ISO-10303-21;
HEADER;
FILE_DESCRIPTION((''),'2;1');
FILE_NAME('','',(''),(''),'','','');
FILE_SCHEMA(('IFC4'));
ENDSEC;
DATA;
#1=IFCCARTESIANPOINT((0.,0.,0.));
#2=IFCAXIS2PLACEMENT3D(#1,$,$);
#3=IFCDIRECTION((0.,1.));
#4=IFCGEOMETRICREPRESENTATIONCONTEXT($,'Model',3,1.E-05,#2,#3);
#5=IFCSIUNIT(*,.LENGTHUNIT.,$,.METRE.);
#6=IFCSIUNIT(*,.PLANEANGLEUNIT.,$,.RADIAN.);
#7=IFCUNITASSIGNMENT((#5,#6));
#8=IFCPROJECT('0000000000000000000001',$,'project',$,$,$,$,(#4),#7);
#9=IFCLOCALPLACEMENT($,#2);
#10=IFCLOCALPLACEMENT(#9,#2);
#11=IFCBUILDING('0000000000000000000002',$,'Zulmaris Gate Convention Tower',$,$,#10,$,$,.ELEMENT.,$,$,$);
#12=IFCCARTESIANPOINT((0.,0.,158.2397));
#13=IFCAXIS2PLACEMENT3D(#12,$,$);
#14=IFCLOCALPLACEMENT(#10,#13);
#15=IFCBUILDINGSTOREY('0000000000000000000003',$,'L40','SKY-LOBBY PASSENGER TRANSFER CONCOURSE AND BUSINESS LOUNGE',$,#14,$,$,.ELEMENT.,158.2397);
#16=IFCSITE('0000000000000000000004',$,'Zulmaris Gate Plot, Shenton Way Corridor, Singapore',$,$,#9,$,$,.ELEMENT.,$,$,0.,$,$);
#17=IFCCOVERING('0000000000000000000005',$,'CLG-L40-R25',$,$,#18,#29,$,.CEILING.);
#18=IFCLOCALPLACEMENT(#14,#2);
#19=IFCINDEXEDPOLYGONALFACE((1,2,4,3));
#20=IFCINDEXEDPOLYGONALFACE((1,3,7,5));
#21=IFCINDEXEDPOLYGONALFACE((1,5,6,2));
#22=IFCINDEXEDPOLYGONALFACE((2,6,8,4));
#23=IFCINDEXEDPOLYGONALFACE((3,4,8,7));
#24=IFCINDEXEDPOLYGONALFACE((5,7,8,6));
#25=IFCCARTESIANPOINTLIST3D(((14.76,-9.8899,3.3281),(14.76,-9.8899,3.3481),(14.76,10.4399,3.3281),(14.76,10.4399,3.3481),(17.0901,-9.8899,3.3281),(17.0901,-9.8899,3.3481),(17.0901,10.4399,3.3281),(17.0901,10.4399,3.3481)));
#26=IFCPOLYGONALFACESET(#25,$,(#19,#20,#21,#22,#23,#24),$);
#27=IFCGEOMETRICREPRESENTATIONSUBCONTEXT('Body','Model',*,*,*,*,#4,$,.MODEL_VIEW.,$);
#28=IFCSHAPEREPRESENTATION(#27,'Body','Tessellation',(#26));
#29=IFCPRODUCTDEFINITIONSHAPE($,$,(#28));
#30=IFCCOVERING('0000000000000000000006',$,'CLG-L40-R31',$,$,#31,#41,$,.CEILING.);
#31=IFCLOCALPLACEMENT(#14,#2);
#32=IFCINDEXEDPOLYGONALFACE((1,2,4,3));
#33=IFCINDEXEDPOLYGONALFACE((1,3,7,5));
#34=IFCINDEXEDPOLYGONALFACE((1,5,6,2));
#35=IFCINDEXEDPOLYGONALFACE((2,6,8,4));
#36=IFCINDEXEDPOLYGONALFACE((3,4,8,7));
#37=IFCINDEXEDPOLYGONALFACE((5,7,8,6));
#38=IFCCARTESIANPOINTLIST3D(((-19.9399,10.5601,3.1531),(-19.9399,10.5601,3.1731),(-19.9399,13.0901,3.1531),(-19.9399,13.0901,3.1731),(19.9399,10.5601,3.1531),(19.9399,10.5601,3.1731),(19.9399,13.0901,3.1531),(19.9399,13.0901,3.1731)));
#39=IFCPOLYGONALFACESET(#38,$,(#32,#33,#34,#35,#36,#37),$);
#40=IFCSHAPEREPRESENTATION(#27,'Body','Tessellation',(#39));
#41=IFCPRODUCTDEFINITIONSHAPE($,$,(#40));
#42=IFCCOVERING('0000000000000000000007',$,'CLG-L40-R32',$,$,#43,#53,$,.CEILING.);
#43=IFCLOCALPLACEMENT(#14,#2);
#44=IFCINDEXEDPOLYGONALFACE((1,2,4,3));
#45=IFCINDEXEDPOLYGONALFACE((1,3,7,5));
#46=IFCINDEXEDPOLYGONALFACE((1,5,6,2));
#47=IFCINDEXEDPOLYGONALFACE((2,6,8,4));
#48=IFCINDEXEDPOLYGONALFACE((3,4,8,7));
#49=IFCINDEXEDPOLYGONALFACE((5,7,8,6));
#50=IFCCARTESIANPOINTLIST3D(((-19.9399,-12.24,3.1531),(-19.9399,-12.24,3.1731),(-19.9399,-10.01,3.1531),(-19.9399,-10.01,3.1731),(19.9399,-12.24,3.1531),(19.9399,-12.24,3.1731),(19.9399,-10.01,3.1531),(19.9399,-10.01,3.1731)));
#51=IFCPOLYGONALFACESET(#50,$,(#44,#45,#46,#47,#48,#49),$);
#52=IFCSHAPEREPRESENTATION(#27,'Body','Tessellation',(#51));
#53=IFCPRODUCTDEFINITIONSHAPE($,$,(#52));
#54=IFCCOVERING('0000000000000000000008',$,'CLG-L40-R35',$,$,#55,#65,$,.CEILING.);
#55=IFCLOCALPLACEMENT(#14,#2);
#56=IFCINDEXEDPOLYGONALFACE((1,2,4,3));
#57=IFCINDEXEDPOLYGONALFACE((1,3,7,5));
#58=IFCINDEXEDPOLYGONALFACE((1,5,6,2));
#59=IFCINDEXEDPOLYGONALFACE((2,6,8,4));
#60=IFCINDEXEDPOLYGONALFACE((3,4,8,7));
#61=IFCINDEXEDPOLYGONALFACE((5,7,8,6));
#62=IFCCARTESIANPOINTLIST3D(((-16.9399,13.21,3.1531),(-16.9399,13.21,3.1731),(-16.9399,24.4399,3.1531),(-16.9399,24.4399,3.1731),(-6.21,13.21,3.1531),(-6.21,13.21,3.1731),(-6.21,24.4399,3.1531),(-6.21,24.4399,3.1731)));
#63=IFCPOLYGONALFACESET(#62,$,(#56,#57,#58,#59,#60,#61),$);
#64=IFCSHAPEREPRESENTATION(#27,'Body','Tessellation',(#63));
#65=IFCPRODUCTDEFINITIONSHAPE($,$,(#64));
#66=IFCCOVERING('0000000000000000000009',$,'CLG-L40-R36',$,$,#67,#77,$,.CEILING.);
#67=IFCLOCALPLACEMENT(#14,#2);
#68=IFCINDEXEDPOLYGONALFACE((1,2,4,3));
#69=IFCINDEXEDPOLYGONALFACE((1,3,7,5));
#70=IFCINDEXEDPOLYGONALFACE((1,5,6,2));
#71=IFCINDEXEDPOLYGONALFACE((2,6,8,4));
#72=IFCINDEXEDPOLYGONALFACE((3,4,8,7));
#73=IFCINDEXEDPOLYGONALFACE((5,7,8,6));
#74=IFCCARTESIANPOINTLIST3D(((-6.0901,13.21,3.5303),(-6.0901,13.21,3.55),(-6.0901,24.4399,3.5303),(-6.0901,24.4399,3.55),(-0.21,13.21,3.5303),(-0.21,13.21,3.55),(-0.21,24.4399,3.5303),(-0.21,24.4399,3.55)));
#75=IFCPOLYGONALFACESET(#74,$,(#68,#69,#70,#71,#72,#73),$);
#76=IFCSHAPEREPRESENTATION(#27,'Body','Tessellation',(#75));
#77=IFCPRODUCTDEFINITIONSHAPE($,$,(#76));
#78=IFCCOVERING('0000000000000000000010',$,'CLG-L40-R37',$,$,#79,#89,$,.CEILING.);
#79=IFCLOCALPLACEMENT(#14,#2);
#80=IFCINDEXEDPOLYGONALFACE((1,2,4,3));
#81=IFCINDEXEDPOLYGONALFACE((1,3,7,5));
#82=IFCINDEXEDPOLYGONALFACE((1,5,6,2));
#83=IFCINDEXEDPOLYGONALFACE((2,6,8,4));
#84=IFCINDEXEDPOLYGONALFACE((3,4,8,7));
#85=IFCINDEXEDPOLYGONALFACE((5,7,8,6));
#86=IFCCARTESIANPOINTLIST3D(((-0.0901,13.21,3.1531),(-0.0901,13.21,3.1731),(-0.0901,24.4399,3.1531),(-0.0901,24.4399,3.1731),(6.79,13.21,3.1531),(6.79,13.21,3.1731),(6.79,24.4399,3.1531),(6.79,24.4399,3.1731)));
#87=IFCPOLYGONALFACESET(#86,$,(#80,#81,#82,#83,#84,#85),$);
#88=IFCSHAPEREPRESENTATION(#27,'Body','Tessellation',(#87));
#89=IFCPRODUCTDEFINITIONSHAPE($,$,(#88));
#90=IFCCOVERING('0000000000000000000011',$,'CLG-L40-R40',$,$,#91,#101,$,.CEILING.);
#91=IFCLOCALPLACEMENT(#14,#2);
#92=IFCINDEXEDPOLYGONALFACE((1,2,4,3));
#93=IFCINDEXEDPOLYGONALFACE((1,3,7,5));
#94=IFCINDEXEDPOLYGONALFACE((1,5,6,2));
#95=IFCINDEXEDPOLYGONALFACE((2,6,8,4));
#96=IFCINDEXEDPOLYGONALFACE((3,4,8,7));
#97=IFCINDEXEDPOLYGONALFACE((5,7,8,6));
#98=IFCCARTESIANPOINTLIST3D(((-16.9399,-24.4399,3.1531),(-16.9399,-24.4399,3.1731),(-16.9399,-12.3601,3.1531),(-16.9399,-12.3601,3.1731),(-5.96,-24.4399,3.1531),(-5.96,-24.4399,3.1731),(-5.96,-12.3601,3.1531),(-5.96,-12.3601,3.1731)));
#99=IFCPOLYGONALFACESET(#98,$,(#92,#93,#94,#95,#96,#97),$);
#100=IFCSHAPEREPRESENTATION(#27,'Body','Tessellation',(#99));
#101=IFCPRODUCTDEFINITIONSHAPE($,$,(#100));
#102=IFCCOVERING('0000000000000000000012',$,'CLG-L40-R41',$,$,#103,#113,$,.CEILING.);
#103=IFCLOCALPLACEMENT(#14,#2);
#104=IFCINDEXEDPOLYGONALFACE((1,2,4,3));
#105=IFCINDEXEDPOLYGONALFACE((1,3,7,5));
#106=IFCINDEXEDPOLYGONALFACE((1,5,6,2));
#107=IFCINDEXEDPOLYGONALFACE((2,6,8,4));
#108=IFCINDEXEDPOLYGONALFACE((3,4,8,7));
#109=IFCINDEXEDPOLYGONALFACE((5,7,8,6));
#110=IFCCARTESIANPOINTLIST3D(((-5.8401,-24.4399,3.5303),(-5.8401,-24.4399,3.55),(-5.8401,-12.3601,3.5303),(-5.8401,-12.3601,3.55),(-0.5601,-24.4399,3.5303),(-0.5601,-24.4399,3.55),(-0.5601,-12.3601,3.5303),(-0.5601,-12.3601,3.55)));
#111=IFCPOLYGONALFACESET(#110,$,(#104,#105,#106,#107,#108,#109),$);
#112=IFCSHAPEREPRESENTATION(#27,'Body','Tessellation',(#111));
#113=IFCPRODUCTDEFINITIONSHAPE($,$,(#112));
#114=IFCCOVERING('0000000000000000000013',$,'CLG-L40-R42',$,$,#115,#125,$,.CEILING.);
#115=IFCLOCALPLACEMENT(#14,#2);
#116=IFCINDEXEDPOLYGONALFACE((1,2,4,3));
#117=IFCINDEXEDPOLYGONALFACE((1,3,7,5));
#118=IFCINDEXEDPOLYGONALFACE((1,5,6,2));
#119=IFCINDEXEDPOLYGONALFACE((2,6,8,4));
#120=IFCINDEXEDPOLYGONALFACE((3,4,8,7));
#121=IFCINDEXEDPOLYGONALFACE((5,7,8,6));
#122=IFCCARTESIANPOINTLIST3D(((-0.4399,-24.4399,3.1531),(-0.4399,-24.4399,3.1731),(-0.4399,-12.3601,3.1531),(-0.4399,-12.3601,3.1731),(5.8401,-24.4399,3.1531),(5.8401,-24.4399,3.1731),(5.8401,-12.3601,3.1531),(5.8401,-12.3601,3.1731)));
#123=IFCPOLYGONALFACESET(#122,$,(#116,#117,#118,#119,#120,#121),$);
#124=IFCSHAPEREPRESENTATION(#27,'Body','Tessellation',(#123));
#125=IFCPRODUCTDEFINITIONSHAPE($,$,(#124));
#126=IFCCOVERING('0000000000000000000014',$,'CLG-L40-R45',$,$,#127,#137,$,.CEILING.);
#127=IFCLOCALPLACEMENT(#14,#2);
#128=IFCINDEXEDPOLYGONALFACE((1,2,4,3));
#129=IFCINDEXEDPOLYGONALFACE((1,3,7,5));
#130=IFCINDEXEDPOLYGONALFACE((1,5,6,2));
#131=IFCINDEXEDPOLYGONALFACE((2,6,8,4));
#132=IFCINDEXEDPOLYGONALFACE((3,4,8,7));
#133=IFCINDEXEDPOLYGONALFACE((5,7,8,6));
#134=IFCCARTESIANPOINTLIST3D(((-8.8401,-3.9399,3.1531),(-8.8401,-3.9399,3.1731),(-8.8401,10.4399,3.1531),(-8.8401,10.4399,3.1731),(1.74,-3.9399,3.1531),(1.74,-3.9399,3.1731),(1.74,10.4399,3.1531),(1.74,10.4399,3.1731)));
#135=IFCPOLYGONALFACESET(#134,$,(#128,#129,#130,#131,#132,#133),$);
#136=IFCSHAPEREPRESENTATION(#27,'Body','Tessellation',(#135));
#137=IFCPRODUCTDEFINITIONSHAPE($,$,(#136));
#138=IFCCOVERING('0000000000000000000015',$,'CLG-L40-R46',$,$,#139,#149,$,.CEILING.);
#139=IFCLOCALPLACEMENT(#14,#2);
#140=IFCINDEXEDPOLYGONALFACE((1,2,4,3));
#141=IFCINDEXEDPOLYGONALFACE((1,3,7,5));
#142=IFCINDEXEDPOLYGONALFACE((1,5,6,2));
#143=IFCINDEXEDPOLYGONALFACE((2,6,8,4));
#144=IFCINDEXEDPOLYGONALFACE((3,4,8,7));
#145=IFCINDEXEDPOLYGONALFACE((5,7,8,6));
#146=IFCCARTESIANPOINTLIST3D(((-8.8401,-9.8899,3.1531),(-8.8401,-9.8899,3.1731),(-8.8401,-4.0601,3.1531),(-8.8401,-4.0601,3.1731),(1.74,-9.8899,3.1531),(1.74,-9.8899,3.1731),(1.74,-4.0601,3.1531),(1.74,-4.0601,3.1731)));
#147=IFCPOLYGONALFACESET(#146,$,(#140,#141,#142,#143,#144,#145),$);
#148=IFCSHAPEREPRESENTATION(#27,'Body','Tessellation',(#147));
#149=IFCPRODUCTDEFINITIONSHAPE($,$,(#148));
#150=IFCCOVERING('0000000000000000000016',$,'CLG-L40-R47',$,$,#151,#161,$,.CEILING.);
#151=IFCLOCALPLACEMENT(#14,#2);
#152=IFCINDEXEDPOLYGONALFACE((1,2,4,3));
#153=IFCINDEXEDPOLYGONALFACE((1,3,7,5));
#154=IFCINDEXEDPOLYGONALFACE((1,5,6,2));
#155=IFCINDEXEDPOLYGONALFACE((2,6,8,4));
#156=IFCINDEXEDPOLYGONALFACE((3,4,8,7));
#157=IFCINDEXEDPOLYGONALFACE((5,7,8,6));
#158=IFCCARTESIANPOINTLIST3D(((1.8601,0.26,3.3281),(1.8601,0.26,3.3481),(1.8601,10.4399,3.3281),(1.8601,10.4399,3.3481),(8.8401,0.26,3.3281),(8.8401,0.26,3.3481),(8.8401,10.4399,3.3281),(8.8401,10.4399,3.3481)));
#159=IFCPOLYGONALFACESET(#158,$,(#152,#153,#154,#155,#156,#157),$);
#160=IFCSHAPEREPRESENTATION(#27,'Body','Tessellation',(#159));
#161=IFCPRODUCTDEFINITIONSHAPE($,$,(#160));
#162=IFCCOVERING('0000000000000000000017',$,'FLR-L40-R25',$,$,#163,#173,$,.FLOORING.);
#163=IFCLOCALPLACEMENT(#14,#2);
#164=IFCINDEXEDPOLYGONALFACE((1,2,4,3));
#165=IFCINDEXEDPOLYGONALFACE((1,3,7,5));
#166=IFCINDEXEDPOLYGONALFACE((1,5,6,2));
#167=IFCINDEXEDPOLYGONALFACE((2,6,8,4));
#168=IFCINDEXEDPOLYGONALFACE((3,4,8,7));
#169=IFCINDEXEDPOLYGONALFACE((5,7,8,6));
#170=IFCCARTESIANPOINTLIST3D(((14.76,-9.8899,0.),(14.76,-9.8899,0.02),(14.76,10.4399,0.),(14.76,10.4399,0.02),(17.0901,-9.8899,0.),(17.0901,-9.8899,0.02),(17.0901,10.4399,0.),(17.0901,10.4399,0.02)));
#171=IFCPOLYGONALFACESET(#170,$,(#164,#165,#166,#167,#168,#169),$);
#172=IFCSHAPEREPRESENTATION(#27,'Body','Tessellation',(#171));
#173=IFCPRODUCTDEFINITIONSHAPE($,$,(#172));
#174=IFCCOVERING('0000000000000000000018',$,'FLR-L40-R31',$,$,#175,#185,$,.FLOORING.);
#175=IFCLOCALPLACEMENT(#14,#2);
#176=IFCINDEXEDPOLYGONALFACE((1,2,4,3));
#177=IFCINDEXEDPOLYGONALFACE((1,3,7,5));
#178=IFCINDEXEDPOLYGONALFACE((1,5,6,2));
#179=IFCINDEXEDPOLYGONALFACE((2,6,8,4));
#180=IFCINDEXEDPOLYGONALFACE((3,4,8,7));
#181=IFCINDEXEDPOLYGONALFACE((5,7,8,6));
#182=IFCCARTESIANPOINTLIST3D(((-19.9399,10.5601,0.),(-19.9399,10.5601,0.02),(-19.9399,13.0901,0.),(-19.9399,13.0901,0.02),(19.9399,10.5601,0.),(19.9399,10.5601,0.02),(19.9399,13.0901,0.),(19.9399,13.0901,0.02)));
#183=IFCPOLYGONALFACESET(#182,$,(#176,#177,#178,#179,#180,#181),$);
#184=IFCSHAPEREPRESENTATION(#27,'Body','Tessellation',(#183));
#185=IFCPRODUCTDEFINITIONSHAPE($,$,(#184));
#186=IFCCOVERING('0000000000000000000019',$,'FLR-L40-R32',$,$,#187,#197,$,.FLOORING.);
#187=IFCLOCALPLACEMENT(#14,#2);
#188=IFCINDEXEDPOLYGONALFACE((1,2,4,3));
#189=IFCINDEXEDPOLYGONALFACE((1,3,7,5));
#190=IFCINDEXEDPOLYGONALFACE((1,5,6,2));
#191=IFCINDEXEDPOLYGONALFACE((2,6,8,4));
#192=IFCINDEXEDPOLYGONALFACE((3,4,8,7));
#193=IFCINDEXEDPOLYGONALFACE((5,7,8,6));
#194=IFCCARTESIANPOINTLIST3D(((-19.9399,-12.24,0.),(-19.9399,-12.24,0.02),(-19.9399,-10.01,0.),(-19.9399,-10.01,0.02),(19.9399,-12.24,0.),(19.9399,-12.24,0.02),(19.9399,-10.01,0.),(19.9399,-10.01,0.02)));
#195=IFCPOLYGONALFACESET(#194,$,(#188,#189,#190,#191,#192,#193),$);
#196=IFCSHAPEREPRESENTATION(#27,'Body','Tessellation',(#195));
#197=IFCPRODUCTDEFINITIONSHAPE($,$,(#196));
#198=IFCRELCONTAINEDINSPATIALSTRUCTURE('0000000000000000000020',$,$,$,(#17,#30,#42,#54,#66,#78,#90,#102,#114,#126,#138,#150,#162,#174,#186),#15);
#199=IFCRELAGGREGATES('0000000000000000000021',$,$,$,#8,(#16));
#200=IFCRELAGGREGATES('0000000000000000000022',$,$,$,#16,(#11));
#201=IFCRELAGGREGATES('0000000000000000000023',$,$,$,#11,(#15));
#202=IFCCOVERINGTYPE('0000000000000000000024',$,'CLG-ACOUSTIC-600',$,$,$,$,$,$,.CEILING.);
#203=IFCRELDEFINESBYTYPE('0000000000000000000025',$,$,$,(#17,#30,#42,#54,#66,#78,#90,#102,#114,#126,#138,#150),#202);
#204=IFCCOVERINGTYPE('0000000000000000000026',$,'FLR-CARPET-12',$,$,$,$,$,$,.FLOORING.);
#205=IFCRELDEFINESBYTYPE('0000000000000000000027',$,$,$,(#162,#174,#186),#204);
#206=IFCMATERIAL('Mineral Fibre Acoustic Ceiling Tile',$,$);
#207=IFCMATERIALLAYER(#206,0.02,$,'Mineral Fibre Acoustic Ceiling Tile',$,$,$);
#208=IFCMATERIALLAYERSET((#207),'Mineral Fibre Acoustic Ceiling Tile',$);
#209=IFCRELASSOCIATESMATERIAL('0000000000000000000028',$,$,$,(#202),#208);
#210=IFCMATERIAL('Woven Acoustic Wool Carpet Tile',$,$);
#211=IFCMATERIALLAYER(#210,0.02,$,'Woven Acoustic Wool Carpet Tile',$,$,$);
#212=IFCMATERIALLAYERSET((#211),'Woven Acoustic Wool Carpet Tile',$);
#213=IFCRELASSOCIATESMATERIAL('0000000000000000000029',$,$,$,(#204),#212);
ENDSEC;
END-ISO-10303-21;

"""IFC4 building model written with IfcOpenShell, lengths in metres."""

from ifc_helpers import new_model, si_unit, direction, frame, origin, place, context, subcontext, project, spatial, polyline, outline, extrude, material, layer, layer_set, type_object, element, save


model = new_model("IFC4")

# Units and contexts
model_context = context("Model", 3, precision=1e-05, world=origin(), true_north=direction((0.0, 1.0)))
body_context = subcontext(model_context, "Body", "Model", "MODEL_VIEW")
ifc_project = project(units=[si_unit("LENGTHUNIT", "METRE"), si_unit("PLANEANGLEUNIT", "RADIAN")], contexts=[model_context])

# Site, building, storey
site_placement = place(None, origin())
site = spatial("IfcSite", under=ifc_project, at=site_placement, Name="Zulmaris Gate Plot, Shenton Way Corridor, Singapore", CompositionType="ELEMENT", RefElevation=0.0)
building_placement = place(site_placement, origin())
building = spatial("IfcBuilding", under=site, at=building_placement, Name="Zulmaris Gate Convention Tower", CompositionType="ELEMENT")
storey_placement = place(building_placement, frame((0.0, 0.0, 158.2397)))
storey = spatial("IfcBuildingStorey", under=building, at=storey_placement, Name="L40", Description="SKY-LOBBY PASSENGER TRANSFER CONCOURSE AND BUSINESS LOUNGE", CompositionType="ELEMENT", Elevation=158.2397)

# Coverings
ifc_material_1 = material(Name="Mineral Fibre Acoustic Ceiling Tile")
ifc_layer_1 = layer(ifc_material_1, 0.02, Name="Mineral Fibre Acoustic Ceiling Tile")
ifc_layer_set_1 = layer_set([ifc_layer_1], Name="Mineral Fibre Acoustic Ceiling Tile")
covering_type_1 = type_object("IfcCoveringType", Name="CLG-ACOUSTIC-600", PredefinedType="CEILING", material=ifc_layer_set_1)
covering_1_placement = place(storey_placement, frame((0.0, 0.0, 3.3281)))
element("IfcCovering", 1, at=covering_1_placement, inside=storey, type_object=covering_type_1, Name="CLG-L40-R25", PredefinedType="CEILING", context=body_context, shape_type="SweptSolid", body=[
    extrude(outline(polyline([(14.76, -9.8899), (17.0901, -9.8899), (17.0901, 10.4399), (14.76, 10.4399), (14.76, -9.8899)])), origin(), (0.0, 0.0, 1.0), 0.02),
])
covering_2_placement = place(storey_placement, frame((0.0, 0.0, 3.1531)))
element("IfcCovering", 2, at=covering_2_placement, inside=storey, type_object=covering_type_1, Name="CLG-L40-R31", PredefinedType="CEILING", context=body_context, shape_type="SweptSolid", body=[
    extrude(outline(polyline([(-19.9399, 10.5601), (19.9399, 10.5601), (19.9399, 13.0901), (-19.9399, 13.0901), (-19.9399, 10.5601)])), origin(), (0.0, 0.0, 1.0), 0.02),
])
covering_3_placement = place(storey_placement, frame((0.0, 0.0, 3.1531)))
element("IfcCovering", 3, at=covering_3_placement, inside=storey, type_object=covering_type_1, Name="CLG-L40-R32", PredefinedType="CEILING", context=body_context, shape_type="SweptSolid", body=[
    extrude(outline(polyline([(-19.9399, -12.24), (19.9399, -12.24), (19.9399, -10.01), (-19.9399, -10.01), (-19.9399, -12.24)])), origin(), (0.0, 0.0, 1.0), 0.02),
])
covering_4_placement = place(storey_placement, frame((0.0, 0.0, 3.1531)))
element("IfcCovering", 4, at=covering_4_placement, inside=storey, type_object=covering_type_1, Name="CLG-L40-R35", PredefinedType="CEILING", context=body_context, shape_type="SweptSolid", body=[
    extrude(outline(polyline([(-16.9399, 13.21), (-6.21, 13.21), (-6.21, 24.4399), (-16.9399, 24.4399), (-16.9399, 13.21)])), origin(), (0.0, 0.0, 1.0), 0.02),
])
covering_5_placement = place(storey_placement, frame((0.0, 0.0, 3.5303)))
element("IfcCovering", 5, at=covering_5_placement, inside=storey, type_object=covering_type_1, Name="CLG-L40-R36", PredefinedType="CEILING", context=body_context, shape_type="SweptSolid", body=[
    extrude(outline(polyline([(-6.0901, 13.21), (-0.21, 13.21), (-0.21, 24.4399), (-6.0901, 24.4399), (-6.0901, 13.21)])), origin(), (0.0, 0.0, 1.0), 0.0198),
])
covering_6_placement = place(storey_placement, frame((0.0, 0.0, 3.1531)))
element("IfcCovering", 6, at=covering_6_placement, inside=storey, type_object=covering_type_1, Name="CLG-L40-R37", PredefinedType="CEILING", context=body_context, shape_type="SweptSolid", body=[
    extrude(outline(polyline([(-0.0901, 13.21), (6.79, 13.21), (6.79, 24.4399), (-0.0901, 24.4399), (-0.0901, 13.21)])), origin(), (0.0, 0.0, 1.0), 0.02),
])
covering_7_placement = place(storey_placement, frame((0.0, 0.0, 3.1531)))
element("IfcCovering", 7, at=covering_7_placement, inside=storey, type_object=covering_type_1, Name="CLG-L40-R40", PredefinedType="CEILING", context=body_context, shape_type="SweptSolid", body=[
    extrude(outline(polyline([(-16.9399, -24.4399), (-5.96, -24.4399), (-5.96, -12.3601), (-16.9399, -12.3601), (-16.9399, -24.4399)])), origin(), (0.0, 0.0, 1.0), 0.02),
])
covering_8_placement = place(storey_placement, frame((0.0, 0.0, 3.5303)))
element("IfcCovering", 8, at=covering_8_placement, inside=storey, type_object=covering_type_1, Name="CLG-L40-R41", PredefinedType="CEILING", context=body_context, shape_type="SweptSolid", body=[
    extrude(outline(polyline([(-5.8401, -24.4399), (-0.5601, -24.4399), (-0.5601, -12.3601), (-5.8401, -12.3601), (-5.8401, -24.4399)])), origin(), (0.0, 0.0, 1.0), 0.0198),
])
covering_9_placement = place(storey_placement, frame((0.0, 0.0, 3.1531)))
element("IfcCovering", 9, at=covering_9_placement, inside=storey, type_object=covering_type_1, Name="CLG-L40-R42", PredefinedType="CEILING", context=body_context, shape_type="SweptSolid", body=[
    extrude(outline(polyline([(-0.4399, -24.4399), (5.8401, -24.4399), (5.8401, -12.3601), (-0.4399, -12.3601), (-0.4399, -24.4399)])), origin(), (0.0, 0.0, 1.0), 0.02),
])
covering_10_placement = place(storey_placement, frame((0.0, 0.0, 3.1531)))
element("IfcCovering", 10, at=covering_10_placement, inside=storey, type_object=covering_type_1, Name="CLG-L40-R45", PredefinedType="CEILING", context=body_context, shape_type="SweptSolid", body=[
    extrude(outline(polyline([(-8.8401, -3.9399), (1.74, -3.9399), (1.74, 10.4399), (-8.8401, 10.4399), (-8.8401, -3.9399)])), origin(), (0.0, 0.0, 1.0), 0.02),
])
covering_11_placement = place(storey_placement, frame((0.0, 0.0, 3.1531)))
element("IfcCovering", 11, at=covering_11_placement, inside=storey, type_object=covering_type_1, Name="CLG-L40-R46", PredefinedType="CEILING", context=body_context, shape_type="SweptSolid", body=[
    extrude(outline(polyline([(-8.8401, -9.8899), (1.74, -9.8899), (1.74, -4.0601), (-8.8401, -4.0601), (-8.8401, -9.8899)])), origin(), (0.0, 0.0, 1.0), 0.02),
])
covering_12_placement = place(storey_placement, frame((0.0, 0.0, 3.3281)))
element("IfcCovering", 12, at=covering_12_placement, inside=storey, type_object=covering_type_1, Name="CLG-L40-R47", PredefinedType="CEILING", context=body_context, shape_type="SweptSolid", body=[
    extrude(outline(polyline([(1.8601, 0.26), (8.8401, 0.26), (8.8401, 10.4399), (1.8601, 10.4399), (1.8601, 0.26)])), origin(), (0.0, 0.0, 1.0), 0.02),
])
ifc_material_2 = material(Name="Woven Acoustic Wool Carpet Tile")
ifc_layer_2 = layer(ifc_material_2, 0.02, Name="Woven Acoustic Wool Carpet Tile")
ifc_layer_set_2 = layer_set([ifc_layer_2], Name="Woven Acoustic Wool Carpet Tile")
covering_type_2 = type_object("IfcCoveringType", Name="FLR-CARPET-12", PredefinedType="FLOORING", material=ifc_layer_set_2)
covering_13_placement = place(storey_placement, origin())
element("IfcCovering", 13, at=covering_13_placement, inside=storey, type_object=covering_type_2, Name="FLR-L40-R25", PredefinedType="FLOORING", context=body_context, shape_type="SweptSolid", body=[
    extrude(outline(polyline([(14.76, -9.8899), (17.0901, -9.8899), (17.0901, 10.4399), (14.76, 10.4399), (14.76, -9.8899)])), origin(), (0.0, 0.0, 1.0), 0.02),
])
covering_14_placement = place(storey_placement, origin())
element("IfcCovering", 14, at=covering_14_placement, inside=storey, type_object=covering_type_2, Name="FLR-L40-R31", PredefinedType="FLOORING", context=body_context, shape_type="SweptSolid", body=[
    extrude(outline(polyline([(-19.9399, 10.5601), (19.9399, 10.5601), (19.9399, 13.0901), (-19.9399, 13.0901), (-19.9399, 10.5601)])), origin(), (0.0, 0.0, 1.0), 0.02),
])
covering_15_placement = place(storey_placement, origin())
element("IfcCovering", 15, at=covering_15_placement, inside=storey, type_object=covering_type_2, Name="FLR-L40-R32", PredefinedType="FLOORING", context=body_context, shape_type="SweptSolid", body=[
    extrude(outline(polyline([(-19.9399, -12.24), (19.9399, -12.24), (19.9399, -10.01), (-19.9399, -10.01), (-19.9399, -12.24)])), origin(), (0.0, 0.0, 1.0), 0.02),
])

save(model, "model.ifc")
